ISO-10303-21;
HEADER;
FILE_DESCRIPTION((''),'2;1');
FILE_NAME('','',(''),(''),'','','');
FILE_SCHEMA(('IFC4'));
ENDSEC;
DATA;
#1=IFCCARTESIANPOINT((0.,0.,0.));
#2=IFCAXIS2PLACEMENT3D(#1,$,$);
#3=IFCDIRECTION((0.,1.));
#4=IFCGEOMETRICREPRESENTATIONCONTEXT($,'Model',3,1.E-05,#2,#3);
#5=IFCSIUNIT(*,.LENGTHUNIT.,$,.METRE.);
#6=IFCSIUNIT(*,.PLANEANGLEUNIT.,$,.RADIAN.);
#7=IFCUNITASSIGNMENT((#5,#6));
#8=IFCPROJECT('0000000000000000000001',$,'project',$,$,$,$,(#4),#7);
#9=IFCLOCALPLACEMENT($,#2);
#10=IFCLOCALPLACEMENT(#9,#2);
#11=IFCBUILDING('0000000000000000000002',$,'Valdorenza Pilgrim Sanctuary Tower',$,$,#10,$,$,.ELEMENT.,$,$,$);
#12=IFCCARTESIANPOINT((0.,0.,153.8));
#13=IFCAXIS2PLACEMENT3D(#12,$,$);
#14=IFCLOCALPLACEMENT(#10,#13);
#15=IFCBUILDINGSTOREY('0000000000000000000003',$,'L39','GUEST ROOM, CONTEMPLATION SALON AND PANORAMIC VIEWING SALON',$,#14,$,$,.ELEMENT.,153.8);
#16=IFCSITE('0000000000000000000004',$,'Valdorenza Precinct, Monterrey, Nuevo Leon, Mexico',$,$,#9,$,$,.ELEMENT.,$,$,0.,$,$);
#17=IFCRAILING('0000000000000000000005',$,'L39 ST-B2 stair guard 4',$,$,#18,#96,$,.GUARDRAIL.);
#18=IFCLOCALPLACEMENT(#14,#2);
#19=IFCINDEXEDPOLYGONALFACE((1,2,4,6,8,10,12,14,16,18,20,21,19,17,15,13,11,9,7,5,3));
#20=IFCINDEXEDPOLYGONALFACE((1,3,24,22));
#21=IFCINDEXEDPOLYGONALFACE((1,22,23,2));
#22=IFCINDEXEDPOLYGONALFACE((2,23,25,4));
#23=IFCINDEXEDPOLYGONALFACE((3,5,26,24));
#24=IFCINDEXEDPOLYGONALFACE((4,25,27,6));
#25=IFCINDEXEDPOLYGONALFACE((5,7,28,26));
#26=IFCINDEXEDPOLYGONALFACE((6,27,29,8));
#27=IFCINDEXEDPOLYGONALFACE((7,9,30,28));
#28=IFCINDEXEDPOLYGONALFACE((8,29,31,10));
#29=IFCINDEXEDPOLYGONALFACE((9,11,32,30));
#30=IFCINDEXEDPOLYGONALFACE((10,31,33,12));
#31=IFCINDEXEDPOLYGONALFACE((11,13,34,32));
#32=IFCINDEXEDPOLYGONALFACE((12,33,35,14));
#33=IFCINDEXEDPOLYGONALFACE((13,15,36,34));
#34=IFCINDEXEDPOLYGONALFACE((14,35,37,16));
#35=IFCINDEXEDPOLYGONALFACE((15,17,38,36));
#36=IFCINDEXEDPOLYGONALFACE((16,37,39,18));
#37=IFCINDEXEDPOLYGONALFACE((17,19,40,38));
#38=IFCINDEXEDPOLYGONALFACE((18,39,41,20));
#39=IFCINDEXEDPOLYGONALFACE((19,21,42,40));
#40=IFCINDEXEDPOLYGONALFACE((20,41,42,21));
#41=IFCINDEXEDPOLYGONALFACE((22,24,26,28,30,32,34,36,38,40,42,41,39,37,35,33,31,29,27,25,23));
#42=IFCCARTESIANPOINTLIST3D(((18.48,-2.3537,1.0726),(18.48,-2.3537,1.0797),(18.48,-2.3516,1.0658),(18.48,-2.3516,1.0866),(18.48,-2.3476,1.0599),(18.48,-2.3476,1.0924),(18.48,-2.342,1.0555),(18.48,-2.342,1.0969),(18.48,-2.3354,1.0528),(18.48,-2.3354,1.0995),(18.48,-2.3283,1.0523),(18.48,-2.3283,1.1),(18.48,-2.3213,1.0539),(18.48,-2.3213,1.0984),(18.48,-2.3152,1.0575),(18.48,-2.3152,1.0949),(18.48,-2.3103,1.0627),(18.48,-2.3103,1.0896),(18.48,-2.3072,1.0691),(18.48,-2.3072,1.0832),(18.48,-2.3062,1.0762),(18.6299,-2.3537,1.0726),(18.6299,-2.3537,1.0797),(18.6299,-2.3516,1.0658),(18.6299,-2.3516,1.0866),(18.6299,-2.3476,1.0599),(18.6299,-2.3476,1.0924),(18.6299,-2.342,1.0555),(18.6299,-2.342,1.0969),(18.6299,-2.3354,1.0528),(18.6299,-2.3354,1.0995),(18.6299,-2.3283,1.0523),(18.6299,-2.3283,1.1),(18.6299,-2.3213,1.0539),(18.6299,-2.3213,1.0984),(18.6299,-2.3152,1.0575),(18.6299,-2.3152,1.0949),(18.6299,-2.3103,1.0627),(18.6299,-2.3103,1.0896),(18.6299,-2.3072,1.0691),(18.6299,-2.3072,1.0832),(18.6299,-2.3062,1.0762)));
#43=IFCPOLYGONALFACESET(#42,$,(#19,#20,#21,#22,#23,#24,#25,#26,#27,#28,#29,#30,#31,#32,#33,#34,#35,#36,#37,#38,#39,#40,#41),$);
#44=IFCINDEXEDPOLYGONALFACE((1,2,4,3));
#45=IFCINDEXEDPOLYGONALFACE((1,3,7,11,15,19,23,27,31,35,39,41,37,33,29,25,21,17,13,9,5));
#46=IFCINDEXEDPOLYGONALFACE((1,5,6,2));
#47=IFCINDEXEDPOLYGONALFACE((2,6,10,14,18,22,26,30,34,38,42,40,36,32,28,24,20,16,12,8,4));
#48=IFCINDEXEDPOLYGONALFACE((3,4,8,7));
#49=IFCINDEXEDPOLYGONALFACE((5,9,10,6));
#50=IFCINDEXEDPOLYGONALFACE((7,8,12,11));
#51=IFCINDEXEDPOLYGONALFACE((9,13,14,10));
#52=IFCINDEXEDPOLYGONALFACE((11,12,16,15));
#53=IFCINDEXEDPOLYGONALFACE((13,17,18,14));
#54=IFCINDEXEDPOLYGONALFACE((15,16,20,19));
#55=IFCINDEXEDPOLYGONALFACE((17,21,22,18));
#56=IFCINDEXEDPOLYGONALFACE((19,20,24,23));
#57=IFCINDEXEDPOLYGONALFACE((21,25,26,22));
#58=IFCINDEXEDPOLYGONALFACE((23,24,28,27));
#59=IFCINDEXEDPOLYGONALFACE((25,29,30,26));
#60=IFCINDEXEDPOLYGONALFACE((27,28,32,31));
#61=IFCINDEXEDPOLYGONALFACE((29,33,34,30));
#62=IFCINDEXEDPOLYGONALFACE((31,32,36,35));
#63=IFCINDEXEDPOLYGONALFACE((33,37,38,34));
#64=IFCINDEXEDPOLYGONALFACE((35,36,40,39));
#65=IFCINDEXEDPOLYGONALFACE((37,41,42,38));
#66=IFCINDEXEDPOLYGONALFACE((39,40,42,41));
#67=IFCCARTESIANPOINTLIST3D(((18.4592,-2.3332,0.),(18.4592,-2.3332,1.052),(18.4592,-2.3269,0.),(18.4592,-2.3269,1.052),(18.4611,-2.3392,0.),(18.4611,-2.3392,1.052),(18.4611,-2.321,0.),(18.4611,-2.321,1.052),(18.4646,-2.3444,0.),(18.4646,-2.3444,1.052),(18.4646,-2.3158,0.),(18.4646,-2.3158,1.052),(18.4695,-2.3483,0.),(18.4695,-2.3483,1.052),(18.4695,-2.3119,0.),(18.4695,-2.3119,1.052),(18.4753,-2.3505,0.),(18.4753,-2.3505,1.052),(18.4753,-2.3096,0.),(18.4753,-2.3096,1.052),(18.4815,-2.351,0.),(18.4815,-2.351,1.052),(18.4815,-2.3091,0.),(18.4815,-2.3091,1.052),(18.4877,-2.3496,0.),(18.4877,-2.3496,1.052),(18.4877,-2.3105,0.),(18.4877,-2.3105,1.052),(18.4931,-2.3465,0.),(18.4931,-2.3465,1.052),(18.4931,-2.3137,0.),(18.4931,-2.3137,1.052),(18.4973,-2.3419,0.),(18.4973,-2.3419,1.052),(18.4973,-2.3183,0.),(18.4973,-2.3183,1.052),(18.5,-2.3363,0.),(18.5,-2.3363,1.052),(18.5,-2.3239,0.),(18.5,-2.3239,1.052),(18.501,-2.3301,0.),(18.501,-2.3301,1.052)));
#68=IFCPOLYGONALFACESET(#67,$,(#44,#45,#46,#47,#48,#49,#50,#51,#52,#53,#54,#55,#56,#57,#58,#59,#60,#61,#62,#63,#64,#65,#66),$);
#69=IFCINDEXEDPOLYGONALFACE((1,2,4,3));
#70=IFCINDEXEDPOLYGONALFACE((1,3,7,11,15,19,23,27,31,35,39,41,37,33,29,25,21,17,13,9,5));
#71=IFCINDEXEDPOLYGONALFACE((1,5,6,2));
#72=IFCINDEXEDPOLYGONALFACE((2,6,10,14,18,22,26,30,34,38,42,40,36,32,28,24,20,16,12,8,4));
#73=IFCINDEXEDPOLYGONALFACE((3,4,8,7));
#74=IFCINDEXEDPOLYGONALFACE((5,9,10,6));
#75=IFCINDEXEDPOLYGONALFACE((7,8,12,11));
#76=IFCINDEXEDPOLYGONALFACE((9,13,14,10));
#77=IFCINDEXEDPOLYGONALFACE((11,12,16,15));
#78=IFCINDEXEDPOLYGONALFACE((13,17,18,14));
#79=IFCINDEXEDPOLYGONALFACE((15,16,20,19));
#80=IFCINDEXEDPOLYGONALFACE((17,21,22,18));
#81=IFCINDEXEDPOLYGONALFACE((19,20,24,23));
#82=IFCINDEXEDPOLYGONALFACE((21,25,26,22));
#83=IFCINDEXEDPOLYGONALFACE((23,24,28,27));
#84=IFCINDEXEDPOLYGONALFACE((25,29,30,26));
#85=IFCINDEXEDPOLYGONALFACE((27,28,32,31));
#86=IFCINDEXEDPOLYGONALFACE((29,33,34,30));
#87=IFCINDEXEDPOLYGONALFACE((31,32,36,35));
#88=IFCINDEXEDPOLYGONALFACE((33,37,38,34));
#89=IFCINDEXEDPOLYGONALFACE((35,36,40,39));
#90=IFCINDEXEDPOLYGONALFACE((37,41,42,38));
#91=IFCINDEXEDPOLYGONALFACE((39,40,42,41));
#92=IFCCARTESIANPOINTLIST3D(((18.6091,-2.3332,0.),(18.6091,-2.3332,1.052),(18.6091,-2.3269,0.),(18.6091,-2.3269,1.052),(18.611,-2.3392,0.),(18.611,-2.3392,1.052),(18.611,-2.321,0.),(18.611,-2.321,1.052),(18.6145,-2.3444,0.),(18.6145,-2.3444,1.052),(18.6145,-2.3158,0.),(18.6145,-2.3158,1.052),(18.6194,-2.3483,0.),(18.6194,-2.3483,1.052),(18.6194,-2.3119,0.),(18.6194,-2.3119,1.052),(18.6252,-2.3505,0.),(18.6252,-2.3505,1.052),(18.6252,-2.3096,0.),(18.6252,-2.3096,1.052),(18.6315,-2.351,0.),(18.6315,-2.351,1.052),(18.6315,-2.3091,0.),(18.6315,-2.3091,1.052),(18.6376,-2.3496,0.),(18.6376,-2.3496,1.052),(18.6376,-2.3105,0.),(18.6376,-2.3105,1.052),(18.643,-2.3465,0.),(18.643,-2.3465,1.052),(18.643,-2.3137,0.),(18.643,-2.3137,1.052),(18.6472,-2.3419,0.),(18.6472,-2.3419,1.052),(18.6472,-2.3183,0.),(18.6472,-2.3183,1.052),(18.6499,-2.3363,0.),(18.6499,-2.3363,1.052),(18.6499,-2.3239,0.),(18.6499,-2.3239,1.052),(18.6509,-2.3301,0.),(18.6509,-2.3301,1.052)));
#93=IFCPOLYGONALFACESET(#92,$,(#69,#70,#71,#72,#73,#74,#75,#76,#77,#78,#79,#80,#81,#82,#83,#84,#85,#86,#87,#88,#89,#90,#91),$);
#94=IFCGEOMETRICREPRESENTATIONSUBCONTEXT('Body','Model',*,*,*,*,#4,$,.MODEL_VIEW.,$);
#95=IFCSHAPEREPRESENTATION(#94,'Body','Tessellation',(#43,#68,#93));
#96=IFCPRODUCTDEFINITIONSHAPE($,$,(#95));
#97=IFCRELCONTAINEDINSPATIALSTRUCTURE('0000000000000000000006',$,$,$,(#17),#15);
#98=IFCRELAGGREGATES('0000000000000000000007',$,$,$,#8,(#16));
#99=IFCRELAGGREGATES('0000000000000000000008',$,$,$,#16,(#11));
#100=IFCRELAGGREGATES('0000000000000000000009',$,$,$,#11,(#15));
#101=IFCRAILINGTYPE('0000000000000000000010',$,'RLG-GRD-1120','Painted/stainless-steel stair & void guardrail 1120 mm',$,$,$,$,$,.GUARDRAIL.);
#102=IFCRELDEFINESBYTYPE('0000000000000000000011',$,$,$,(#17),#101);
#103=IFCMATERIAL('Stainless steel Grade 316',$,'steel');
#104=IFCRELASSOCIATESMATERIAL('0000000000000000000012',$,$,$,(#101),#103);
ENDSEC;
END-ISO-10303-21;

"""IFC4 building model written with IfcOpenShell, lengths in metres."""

from ifc_helpers import new_model, si_unit, direction, frame, origin, origin_2d, place, context, subcontext, project, spatial, circle, extrude, material, type_object, element, save


model = new_model("IFC4")

# Units and contexts
model_context = context("Model", 3, precision=1e-05, world=origin(), true_north=direction((0.0, 1.0)))
body_context = subcontext(model_context, "Body", "Model", "MODEL_VIEW")
ifc_project = project(units=[si_unit("LENGTHUNIT", "METRE"), si_unit("PLANEANGLEUNIT", "RADIAN")], contexts=[model_context])

# Site, building, storey
site_placement = place(None, origin())
site = spatial("IfcSite", under=ifc_project, at=site_placement, Name="Valdorenza Precinct, Monterrey, Nuevo Leon, Mexico", CompositionType="ELEMENT", RefElevation=0.0)
building_placement = place(site_placement, origin())
building = spatial("IfcBuilding", under=site, at=building_placement, Name="Valdorenza Pilgrim Sanctuary Tower", CompositionType="ELEMENT")
storey_placement = place(building_placement, frame((0.0, 0.0, 153.8)))
storey = spatial("IfcBuildingStorey", under=building, at=storey_placement, Name="L39", Description="GUEST ROOM, CONTEMPLATION SALON AND PANORAMIC VIEWING SALON", CompositionType="ELEMENT", Elevation=153.8)

# Railing
ifc_material_1 = material(Name="Stainless steel Grade 316", Category="steel")
railing_type_1 = type_object("IfcRailingType", Name="RLG-GRD-1120", Description="Painted/stainless-steel stair & void guardrail 1120 mm", PredefinedType="GUARDRAIL", material=ifc_material_1)
railing_1_placement = place(storey_placement, frame((18.48, -2.3301, 0.0)))
element("IfcRailing", 1, at=railing_1_placement, inside=storey, type_object=railing_type_1, Name="L39 ST-B2 stair guard 4", PredefinedType="GUARDRAIL", context=body_context, shape_type="SweptSolid", body=[
    extrude(circle(Radius=0.0239, at=origin_2d()), frame((0.0, 0.0, 1.0762), z_axis=(1.0, 0.0, 0.0), x_axis=(0.0, 1.0, 0.0)), (0.0, 0.0, 1.0), 0.1499),
    extrude(circle(Radius=0.021, at=origin_2d()), origin(), (0.0, 0.0, 1.0), 1.052),
    extrude(circle(Radius=0.021, at=origin_2d()), frame((0.1499, 0.0, 0.0)), (0.0, 0.0, 1.0), 1.052),
])

save(model, "model.ifc")
